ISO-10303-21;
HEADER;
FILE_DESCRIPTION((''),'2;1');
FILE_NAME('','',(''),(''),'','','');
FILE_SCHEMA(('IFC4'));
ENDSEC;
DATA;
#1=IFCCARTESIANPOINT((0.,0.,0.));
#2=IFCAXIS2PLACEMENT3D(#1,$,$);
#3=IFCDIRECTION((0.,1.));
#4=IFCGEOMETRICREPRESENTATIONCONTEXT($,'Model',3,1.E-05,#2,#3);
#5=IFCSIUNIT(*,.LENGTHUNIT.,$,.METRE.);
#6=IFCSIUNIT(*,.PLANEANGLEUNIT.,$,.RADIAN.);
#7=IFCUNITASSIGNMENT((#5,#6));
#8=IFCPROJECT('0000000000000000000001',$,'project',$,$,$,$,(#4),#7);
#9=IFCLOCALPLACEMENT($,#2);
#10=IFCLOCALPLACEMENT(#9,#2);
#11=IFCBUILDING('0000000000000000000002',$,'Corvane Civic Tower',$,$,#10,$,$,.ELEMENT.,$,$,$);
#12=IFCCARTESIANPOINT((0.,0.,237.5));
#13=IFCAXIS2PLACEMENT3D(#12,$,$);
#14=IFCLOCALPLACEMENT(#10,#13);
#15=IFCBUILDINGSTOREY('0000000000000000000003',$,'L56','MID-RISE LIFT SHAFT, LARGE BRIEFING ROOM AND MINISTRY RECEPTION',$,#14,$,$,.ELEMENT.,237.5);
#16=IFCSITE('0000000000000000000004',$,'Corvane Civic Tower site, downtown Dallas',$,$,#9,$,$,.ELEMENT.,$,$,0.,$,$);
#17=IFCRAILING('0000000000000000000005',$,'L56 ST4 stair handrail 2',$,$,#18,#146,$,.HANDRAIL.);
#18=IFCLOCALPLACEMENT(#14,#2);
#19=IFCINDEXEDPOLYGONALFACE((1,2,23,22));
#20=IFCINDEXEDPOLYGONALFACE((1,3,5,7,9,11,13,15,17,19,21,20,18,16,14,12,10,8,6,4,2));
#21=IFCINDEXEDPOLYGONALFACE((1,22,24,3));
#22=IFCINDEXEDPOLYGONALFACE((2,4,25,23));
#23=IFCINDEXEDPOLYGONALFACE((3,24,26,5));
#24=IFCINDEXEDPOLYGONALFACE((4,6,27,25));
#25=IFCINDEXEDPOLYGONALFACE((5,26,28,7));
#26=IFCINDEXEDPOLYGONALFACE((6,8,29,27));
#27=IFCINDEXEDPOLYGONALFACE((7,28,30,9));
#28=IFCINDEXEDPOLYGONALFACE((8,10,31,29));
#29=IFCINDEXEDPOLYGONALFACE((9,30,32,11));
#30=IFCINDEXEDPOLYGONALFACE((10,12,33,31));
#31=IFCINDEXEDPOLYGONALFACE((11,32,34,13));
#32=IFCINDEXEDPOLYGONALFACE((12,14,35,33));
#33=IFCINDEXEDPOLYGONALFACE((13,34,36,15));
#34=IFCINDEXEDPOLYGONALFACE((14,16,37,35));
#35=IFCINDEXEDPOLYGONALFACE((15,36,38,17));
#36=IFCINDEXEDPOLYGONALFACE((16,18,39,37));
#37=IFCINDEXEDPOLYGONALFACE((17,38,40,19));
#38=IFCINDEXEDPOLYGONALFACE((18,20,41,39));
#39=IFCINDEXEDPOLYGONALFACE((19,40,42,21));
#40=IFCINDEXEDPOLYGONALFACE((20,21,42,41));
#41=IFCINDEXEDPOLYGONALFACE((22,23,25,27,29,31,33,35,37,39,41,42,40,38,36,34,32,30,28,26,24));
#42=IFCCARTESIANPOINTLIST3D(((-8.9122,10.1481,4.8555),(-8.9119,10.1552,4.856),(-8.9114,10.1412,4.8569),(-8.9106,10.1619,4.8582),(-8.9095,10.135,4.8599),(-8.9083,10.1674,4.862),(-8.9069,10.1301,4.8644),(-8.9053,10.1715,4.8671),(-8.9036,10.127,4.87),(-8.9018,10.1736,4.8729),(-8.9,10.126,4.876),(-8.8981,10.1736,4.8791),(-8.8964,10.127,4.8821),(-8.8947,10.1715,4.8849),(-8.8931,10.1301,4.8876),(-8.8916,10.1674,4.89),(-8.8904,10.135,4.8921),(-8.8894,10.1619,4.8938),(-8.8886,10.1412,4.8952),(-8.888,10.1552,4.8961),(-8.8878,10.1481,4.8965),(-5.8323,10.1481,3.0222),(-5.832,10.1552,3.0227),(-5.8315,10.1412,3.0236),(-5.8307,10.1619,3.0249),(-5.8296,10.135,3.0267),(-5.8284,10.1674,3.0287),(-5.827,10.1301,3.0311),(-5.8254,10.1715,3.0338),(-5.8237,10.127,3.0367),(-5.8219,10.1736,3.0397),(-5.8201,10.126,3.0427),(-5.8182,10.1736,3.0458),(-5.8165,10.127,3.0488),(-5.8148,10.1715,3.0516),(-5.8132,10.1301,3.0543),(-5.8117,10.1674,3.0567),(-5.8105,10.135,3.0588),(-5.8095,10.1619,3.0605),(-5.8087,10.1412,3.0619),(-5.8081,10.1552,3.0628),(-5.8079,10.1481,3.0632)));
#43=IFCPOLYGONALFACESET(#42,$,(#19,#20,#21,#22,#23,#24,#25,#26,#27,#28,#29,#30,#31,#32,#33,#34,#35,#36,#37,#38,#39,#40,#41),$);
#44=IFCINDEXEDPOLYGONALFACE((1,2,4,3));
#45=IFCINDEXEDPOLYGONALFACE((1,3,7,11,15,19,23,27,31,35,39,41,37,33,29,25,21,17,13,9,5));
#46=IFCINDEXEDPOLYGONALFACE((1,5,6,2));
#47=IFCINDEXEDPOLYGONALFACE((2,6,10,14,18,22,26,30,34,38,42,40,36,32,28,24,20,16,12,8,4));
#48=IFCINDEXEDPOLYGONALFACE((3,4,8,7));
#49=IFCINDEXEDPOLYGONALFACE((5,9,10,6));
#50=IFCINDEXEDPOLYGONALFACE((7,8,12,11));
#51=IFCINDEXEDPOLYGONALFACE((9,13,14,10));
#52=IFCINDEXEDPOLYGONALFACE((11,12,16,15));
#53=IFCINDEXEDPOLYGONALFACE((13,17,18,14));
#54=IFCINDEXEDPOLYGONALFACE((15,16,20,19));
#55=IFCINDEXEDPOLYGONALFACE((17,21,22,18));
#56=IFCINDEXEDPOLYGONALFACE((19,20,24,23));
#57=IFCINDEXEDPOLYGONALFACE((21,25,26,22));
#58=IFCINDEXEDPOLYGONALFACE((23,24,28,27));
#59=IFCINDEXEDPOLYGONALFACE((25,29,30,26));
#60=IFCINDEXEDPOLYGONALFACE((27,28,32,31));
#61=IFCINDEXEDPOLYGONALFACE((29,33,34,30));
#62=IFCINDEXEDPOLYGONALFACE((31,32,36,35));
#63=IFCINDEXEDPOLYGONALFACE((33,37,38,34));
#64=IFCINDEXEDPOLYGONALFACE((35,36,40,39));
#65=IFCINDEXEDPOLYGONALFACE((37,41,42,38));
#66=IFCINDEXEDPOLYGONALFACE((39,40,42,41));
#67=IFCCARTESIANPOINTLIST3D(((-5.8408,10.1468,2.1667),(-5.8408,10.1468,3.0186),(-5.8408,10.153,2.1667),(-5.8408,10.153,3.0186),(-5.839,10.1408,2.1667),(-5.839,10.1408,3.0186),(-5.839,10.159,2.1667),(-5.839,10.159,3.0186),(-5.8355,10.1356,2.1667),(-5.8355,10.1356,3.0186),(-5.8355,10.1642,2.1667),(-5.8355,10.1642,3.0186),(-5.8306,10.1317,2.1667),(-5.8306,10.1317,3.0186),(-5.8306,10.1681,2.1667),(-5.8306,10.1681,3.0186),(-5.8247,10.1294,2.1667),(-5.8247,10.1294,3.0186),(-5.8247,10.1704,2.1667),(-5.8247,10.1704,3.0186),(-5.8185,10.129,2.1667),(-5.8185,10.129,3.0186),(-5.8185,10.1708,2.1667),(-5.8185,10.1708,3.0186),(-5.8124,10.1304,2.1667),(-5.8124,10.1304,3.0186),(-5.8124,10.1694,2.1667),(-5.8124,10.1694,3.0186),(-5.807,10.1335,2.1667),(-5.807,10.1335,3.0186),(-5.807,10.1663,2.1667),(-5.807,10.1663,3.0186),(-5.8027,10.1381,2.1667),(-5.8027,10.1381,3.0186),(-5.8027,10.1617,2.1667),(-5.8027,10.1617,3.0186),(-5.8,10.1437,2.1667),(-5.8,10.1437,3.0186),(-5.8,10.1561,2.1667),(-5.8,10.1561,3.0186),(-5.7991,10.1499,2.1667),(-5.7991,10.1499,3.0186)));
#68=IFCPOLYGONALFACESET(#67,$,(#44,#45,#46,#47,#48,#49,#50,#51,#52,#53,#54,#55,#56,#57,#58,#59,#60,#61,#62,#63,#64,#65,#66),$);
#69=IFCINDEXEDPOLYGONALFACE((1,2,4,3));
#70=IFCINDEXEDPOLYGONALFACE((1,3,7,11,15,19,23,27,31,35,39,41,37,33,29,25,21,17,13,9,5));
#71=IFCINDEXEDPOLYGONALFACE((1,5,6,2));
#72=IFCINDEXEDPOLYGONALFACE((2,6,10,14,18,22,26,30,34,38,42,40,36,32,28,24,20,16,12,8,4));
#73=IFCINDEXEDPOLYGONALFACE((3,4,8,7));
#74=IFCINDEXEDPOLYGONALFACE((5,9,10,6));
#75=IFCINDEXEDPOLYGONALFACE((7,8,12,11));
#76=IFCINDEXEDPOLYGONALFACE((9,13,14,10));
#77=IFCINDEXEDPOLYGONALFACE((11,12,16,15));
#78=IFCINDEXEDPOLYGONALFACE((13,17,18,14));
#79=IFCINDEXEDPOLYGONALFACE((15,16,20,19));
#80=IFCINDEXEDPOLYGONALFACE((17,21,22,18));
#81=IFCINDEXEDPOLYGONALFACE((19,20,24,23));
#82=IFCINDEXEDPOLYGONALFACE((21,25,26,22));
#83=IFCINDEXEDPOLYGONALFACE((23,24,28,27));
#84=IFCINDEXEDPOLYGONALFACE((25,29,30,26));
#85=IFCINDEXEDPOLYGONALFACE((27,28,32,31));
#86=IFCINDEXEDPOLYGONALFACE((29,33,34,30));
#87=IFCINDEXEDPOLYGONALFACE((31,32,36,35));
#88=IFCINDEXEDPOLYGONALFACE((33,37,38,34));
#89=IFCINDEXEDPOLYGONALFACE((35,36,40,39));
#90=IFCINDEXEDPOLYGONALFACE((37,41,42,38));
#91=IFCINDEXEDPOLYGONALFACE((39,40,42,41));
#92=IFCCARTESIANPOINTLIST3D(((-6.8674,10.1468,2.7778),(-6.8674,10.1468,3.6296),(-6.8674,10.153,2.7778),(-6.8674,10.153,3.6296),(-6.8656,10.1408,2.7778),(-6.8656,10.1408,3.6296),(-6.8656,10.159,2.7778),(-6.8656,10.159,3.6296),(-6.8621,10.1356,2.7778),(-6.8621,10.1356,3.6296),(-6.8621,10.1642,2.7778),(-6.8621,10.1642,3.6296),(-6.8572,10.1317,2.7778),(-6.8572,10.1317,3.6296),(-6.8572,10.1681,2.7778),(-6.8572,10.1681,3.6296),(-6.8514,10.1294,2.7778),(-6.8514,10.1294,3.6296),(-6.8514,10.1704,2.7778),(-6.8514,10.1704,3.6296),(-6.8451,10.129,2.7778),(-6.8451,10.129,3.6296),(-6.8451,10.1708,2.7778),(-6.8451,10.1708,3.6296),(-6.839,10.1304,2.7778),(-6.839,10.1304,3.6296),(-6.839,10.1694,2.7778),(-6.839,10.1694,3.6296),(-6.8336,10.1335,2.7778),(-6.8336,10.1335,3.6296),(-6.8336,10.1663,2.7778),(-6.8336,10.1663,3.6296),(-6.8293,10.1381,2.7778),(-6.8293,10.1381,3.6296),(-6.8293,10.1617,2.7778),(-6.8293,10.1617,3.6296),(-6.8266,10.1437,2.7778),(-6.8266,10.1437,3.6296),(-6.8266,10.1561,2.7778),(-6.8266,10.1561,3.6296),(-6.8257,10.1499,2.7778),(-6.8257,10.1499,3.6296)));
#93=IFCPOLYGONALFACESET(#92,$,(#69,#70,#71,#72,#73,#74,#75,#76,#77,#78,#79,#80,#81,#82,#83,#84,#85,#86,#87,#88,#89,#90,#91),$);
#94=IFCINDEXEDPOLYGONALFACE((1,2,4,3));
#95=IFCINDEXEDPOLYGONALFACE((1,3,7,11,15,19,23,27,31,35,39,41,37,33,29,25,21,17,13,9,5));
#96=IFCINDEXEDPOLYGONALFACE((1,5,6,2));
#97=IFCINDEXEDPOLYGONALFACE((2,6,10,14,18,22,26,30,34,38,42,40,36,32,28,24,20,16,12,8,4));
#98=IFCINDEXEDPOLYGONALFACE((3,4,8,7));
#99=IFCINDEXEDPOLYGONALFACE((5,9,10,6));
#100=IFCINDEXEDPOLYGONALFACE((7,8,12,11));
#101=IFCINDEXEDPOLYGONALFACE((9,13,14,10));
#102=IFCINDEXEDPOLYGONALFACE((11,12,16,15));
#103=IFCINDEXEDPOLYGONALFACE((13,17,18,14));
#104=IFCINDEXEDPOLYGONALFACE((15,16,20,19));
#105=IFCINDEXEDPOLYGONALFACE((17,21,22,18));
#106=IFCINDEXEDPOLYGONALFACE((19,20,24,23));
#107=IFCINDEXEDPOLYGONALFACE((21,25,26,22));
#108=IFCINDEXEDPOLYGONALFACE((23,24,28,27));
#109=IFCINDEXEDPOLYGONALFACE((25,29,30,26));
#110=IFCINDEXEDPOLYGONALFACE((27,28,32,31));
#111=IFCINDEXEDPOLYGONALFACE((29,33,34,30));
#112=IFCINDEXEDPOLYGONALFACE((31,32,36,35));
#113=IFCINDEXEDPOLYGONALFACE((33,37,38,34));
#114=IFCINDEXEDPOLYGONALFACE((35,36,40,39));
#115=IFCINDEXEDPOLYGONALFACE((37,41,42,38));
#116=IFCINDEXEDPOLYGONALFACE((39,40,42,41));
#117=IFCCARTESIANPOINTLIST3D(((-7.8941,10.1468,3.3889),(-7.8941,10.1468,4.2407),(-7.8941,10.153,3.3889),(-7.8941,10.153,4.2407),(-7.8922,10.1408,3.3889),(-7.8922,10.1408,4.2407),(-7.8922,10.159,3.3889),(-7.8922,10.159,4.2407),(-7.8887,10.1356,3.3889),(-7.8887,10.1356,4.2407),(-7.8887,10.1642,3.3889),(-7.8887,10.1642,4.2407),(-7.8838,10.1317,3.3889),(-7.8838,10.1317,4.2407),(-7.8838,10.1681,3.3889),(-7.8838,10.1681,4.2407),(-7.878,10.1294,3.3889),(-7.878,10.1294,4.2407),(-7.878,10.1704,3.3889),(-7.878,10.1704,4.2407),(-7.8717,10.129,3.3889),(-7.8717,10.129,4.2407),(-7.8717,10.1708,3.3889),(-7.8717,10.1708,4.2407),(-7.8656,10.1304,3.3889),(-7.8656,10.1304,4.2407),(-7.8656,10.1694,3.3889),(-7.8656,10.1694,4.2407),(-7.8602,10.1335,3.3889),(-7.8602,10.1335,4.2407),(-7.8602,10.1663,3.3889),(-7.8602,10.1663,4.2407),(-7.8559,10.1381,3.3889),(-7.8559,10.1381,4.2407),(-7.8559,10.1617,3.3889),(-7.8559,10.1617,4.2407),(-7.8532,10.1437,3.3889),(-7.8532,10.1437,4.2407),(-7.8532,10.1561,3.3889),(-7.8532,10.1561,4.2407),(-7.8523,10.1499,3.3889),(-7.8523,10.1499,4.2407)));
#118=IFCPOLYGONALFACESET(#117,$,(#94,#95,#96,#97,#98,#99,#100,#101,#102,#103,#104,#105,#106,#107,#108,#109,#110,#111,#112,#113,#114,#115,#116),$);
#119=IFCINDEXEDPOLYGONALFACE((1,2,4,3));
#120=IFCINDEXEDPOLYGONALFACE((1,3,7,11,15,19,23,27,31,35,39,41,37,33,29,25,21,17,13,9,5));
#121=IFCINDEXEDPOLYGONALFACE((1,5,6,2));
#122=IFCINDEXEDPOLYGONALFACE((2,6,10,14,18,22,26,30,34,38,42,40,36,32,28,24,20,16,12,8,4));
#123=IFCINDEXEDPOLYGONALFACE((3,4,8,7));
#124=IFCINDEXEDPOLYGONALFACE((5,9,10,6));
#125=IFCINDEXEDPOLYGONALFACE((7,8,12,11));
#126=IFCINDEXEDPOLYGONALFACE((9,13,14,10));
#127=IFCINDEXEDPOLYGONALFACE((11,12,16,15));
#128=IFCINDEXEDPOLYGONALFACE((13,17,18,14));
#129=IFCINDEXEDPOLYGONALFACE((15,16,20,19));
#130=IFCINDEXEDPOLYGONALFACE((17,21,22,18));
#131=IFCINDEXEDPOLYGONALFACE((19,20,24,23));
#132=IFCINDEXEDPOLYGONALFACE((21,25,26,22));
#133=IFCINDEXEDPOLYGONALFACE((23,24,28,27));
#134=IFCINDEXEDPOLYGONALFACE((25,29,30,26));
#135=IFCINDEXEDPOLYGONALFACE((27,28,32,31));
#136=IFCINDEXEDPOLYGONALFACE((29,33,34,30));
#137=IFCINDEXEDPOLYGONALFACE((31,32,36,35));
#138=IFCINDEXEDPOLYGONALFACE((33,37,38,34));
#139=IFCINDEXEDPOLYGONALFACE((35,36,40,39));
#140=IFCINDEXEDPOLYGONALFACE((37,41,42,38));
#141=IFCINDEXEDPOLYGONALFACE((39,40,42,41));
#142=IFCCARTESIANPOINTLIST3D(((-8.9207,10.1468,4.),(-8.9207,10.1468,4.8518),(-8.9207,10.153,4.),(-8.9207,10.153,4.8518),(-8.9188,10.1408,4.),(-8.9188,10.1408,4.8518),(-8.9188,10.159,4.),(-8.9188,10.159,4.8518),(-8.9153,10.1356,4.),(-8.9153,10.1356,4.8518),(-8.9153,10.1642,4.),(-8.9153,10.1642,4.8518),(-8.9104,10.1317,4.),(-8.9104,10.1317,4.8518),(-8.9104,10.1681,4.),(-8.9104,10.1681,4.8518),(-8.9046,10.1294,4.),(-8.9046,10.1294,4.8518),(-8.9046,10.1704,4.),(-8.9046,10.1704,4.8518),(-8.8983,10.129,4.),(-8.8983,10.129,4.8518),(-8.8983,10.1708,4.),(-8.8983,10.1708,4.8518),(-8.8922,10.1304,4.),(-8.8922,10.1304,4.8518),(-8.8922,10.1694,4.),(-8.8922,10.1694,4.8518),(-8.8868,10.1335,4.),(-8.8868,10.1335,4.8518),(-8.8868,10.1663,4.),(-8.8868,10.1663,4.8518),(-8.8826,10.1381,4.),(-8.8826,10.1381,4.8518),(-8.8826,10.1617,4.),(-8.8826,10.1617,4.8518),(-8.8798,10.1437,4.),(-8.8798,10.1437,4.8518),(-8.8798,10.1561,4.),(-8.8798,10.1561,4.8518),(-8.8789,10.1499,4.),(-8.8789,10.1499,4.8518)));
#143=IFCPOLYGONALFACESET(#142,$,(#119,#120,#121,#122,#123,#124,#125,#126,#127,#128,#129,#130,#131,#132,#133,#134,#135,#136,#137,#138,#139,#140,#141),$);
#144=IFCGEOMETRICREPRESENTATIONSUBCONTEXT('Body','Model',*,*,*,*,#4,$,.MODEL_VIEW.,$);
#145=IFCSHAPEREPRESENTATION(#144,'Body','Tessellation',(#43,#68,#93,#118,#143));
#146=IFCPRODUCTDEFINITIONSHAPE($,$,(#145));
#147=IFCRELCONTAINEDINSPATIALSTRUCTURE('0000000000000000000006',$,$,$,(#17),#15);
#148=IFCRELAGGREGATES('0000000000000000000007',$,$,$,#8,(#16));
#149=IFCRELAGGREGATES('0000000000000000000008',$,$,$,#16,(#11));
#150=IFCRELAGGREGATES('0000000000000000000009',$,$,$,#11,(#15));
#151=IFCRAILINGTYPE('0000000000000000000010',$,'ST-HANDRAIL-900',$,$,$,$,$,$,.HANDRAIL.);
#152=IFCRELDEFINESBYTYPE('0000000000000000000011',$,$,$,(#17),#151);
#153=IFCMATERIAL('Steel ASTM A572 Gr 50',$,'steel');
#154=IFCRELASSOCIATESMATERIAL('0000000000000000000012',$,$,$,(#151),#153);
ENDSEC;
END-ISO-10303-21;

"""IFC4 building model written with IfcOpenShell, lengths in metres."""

from ifc_helpers import new_model, si_unit, direction, frame, origin, origin_2d, place, context, subcontext, project, spatial, circle, extrude, material, type_object, element, save


model = new_model("IFC4")

# Units and contexts
model_context = context("Model", 3, precision=1e-05, world=origin(), true_north=direction((0.0, 1.0)))
body_context = subcontext(model_context, "Body", "Model", "MODEL_VIEW")
ifc_project = project(units=[si_unit("LENGTHUNIT", "METRE"), si_unit("PLANEANGLEUNIT", "RADIAN")], contexts=[model_context])

# Site, building, storey
site_placement = place(None, origin())
site = spatial("IfcSite", under=ifc_project, at=site_placement, Name="Corvane Civic Tower site, downtown Dallas", CompositionType="ELEMENT", RefElevation=0.0)
building_placement = place(site_placement, origin())
building = spatial("IfcBuilding", under=site, at=building_placement, Name="Corvane Civic Tower", CompositionType="ELEMENT")
storey_placement = place(building_placement, frame((0.0, 0.0, 237.5)))
storey = spatial("IfcBuildingStorey", under=building, at=storey_placement, Name="L56", Description="MID-RISE LIFT SHAFT, LARGE BRIEFING ROOM AND MINISTRY RECEPTION", CompositionType="ELEMENT", Elevation=237.5)

# Railing
ifc_material_1 = material(Name="Steel ASTM A572 Gr 50", Category="steel")
railing_type = type_object("IfcRailingType", Name="ST-HANDRAIL-900", PredefinedType="HANDRAIL", material=ifc_material_1)
railing_placement = place(storey_placement, frame((-5.8201, 10.1499, 2.1667)))
element("IfcRailing", 1, at=railing_placement, inside=storey, type_object=railing_type, Name="L56 ST4 stair handrail 2", PredefinedType="HANDRAIL", context=body_context, shape_type="SweptSolid", body=[
    extrude(circle(Radius=0.0239, at=origin_2d()), frame((0.0, 0.0, 0.876), z_axis=(-0.859291, 0.0, 0.511487), x_axis=(0.0, -1.0, 0.0)), (0.0, 0.0, 1.0), 3.5842),
    extrude(circle(Radius=0.021, at=origin_2d()), origin(), (0.0, 0.0, 1.0), 0.8518),
    extrude(circle(Radius=0.021, at=origin_2d()), frame((-1.0266, 0.0, 0.6111)), (0.0, 0.0, 1.0), 0.8518),
    extrude(circle(Radius=0.021, at=origin_2d()), frame((-2.0532, 0.0, 1.2222)), (0.0, 0.0, 1.0), 0.8518),
    extrude(circle(Radius=0.021, at=origin_2d()), frame((-3.0798, 0.0, 1.8333)), (0.0, 0.0, 1.0), 0.8518),
])

save(model, "model.ifc")
